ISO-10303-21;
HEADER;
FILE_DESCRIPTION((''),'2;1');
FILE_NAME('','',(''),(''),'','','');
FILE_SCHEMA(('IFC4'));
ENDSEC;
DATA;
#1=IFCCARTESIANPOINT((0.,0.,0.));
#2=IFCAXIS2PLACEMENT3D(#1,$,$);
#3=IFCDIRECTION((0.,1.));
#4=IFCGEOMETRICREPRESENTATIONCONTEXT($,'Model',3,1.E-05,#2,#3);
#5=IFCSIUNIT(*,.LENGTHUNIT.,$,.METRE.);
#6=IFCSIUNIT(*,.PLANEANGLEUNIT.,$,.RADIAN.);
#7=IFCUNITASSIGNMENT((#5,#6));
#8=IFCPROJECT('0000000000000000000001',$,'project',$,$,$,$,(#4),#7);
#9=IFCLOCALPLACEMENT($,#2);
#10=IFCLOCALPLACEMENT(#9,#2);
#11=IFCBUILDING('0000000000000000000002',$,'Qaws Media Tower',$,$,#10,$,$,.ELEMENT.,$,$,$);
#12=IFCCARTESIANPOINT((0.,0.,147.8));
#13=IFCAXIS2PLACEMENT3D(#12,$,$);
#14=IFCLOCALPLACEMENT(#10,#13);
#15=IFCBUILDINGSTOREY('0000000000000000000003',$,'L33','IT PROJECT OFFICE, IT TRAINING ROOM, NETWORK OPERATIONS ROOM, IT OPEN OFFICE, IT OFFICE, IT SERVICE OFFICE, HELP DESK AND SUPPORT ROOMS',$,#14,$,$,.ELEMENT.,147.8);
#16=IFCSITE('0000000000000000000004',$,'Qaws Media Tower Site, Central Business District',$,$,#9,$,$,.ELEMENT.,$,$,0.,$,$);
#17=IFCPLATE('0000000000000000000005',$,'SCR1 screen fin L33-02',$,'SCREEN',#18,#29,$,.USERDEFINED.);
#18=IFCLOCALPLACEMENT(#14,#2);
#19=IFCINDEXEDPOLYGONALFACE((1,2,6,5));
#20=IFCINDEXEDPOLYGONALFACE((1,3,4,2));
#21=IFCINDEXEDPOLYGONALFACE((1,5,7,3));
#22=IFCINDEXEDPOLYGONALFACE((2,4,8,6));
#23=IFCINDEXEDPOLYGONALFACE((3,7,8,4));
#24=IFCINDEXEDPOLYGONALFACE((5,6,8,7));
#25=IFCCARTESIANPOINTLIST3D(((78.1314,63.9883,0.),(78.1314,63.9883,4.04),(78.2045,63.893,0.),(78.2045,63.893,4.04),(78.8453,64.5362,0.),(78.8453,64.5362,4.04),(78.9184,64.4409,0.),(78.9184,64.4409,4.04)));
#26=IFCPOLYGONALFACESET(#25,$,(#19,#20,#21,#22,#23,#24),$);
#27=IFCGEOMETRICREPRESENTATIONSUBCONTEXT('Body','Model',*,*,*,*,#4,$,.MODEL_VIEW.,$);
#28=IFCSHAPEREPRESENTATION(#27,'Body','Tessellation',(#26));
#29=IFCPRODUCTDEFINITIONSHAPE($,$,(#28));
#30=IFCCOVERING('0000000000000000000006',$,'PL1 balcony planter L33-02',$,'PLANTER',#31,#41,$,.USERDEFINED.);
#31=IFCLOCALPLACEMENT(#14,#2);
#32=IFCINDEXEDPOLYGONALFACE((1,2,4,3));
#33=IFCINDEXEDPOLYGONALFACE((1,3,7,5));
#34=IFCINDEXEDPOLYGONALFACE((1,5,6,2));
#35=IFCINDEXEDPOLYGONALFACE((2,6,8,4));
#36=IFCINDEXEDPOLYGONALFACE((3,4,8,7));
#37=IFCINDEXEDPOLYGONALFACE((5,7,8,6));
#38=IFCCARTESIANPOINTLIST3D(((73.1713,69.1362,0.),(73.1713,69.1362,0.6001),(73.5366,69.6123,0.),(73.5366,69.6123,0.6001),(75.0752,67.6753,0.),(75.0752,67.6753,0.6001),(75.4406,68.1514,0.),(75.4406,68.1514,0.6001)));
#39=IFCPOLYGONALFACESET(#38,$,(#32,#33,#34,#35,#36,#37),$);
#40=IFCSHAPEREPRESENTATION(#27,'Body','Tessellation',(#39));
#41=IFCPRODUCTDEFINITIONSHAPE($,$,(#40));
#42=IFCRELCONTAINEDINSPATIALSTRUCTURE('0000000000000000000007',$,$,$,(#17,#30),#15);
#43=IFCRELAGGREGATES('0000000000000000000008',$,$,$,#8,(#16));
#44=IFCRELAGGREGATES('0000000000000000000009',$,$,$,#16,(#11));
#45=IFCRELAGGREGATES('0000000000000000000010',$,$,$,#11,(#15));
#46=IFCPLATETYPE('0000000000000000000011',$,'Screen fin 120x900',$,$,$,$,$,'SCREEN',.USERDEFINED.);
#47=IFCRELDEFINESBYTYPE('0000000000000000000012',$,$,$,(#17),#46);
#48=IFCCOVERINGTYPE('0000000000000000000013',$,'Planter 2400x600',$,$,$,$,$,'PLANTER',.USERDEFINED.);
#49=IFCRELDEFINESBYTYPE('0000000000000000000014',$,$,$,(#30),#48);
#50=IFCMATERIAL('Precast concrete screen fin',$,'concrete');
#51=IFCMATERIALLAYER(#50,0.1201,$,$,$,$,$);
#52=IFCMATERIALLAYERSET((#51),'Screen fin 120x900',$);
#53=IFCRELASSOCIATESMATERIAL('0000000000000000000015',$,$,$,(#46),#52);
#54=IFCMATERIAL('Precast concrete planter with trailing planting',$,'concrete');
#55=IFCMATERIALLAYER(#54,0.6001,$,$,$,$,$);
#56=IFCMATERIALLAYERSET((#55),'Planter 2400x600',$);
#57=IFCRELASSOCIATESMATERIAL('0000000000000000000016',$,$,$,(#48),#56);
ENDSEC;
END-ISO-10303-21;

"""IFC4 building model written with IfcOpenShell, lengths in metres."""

from ifc_helpers import new_model, si_unit, direction, frame, origin, origin_2d, place, context, subcontext, project, spatial, rectangle, extrude, material, layer, layer_set, type_object, element, save


model = new_model("IFC4")

# Units and contexts
model_context = context("Model", 3, precision=1e-05, world=origin(), true_north=direction((0.0, 1.0)))
body_context = subcontext(model_context, "Body", "Model", "MODEL_VIEW")
ifc_project = project(units=[si_unit("LENGTHUNIT", "METRE"), si_unit("PLANEANGLEUNIT", "RADIAN")], contexts=[model_context])

# Site, building, storey
site_placement = place(None, origin())
site = spatial("IfcSite", under=ifc_project, at=site_placement, Name="Qaws Media Tower Site, Central Business District", CompositionType="ELEMENT", RefElevation=0.0)
building_placement = place(site_placement, origin())
building = spatial("IfcBuilding", under=site, at=building_placement, Name="Qaws Media Tower", CompositionType="ELEMENT")
storey_placement = place(building_placement, frame((0.0, 0.0, 147.8)))
storey = spatial("IfcBuildingStorey", under=building, at=storey_placement, Name="L33", Description="IT PROJECT OFFICE, IT TRAINING ROOM, NETWORK OPERATIONS ROOM, IT OPEN OFFICE, IT OFFICE, IT SERVICE OFFICE, HELP DESK AND SUPPORT ROOMS", CompositionType="ELEMENT", Elevation=147.8)

# Plate
ifc_material_1 = material(Name="Precast concrete screen fin", Category="concrete")
ifc_layer_1 = layer(ifc_material_1, 0.1201)
ifc_layer_set_1 = layer_set([ifc_layer_1], Name="Screen fin 120x900")
plate_type_1 = type_object("IfcPlateType", Name="Screen fin 120x900", ElementType="SCREEN", PredefinedType="USERDEFINED", material=ifc_layer_set_1)
plate_1_placement = place(storey_placement, frame((78.5249, 64.2146, 0.0), z_axis=(0.0, 0.0, 1.0), x_axis=(0.793353, 0.608761, 0.0)))
element("IfcPlate", 1, at=plate_1_placement, inside=storey, type_object=plate_type_1, Name="SCR1 screen fin L33-02", ObjectType="SCREEN", PredefinedType="USERDEFINED", context=body_context, shape_type="SweptSolid", body=[
    extrude(rectangle(XDim=0.8999, YDim=0.1201, at=origin_2d()), origin(), (0.0, 0.0, 1.0), 4.04),
])

# Covering
ifc_material_2 = material(Name="Precast concrete planter with trailing planting", Category="concrete")
ifc_layer_2 = layer(ifc_material_2, 0.6001)
ifc_layer_set_2 = layer_set([ifc_layer_2], Name="Planter 2400x600")
covering_type = type_object("IfcCoveringType", Name="Planter 2400x600", ElementType="PLANTER", PredefinedType="USERDEFINED", material=ifc_layer_set_2)
covering_placement = place(storey_placement, frame((74.3059, 68.6438, 0.0), z_axis=(0.0, 0.0, 1.0), x_axis=(-0.793353, 0.608761, 0.0)))
element("IfcCovering", 2, at=covering_placement, inside=storey, type_object=covering_type, Name="PL1 balcony planter L33-02", ObjectType="PLANTER", PredefinedType="USERDEFINED", context=body_context, shape_type="SweptSolid", body=[
    extrude(rectangle(XDim=2.3999, YDim=0.6001, at=origin_2d()), origin(), (0.0, 0.0, 1.0), 0.6001),
])

save(model, "model.ifc")
